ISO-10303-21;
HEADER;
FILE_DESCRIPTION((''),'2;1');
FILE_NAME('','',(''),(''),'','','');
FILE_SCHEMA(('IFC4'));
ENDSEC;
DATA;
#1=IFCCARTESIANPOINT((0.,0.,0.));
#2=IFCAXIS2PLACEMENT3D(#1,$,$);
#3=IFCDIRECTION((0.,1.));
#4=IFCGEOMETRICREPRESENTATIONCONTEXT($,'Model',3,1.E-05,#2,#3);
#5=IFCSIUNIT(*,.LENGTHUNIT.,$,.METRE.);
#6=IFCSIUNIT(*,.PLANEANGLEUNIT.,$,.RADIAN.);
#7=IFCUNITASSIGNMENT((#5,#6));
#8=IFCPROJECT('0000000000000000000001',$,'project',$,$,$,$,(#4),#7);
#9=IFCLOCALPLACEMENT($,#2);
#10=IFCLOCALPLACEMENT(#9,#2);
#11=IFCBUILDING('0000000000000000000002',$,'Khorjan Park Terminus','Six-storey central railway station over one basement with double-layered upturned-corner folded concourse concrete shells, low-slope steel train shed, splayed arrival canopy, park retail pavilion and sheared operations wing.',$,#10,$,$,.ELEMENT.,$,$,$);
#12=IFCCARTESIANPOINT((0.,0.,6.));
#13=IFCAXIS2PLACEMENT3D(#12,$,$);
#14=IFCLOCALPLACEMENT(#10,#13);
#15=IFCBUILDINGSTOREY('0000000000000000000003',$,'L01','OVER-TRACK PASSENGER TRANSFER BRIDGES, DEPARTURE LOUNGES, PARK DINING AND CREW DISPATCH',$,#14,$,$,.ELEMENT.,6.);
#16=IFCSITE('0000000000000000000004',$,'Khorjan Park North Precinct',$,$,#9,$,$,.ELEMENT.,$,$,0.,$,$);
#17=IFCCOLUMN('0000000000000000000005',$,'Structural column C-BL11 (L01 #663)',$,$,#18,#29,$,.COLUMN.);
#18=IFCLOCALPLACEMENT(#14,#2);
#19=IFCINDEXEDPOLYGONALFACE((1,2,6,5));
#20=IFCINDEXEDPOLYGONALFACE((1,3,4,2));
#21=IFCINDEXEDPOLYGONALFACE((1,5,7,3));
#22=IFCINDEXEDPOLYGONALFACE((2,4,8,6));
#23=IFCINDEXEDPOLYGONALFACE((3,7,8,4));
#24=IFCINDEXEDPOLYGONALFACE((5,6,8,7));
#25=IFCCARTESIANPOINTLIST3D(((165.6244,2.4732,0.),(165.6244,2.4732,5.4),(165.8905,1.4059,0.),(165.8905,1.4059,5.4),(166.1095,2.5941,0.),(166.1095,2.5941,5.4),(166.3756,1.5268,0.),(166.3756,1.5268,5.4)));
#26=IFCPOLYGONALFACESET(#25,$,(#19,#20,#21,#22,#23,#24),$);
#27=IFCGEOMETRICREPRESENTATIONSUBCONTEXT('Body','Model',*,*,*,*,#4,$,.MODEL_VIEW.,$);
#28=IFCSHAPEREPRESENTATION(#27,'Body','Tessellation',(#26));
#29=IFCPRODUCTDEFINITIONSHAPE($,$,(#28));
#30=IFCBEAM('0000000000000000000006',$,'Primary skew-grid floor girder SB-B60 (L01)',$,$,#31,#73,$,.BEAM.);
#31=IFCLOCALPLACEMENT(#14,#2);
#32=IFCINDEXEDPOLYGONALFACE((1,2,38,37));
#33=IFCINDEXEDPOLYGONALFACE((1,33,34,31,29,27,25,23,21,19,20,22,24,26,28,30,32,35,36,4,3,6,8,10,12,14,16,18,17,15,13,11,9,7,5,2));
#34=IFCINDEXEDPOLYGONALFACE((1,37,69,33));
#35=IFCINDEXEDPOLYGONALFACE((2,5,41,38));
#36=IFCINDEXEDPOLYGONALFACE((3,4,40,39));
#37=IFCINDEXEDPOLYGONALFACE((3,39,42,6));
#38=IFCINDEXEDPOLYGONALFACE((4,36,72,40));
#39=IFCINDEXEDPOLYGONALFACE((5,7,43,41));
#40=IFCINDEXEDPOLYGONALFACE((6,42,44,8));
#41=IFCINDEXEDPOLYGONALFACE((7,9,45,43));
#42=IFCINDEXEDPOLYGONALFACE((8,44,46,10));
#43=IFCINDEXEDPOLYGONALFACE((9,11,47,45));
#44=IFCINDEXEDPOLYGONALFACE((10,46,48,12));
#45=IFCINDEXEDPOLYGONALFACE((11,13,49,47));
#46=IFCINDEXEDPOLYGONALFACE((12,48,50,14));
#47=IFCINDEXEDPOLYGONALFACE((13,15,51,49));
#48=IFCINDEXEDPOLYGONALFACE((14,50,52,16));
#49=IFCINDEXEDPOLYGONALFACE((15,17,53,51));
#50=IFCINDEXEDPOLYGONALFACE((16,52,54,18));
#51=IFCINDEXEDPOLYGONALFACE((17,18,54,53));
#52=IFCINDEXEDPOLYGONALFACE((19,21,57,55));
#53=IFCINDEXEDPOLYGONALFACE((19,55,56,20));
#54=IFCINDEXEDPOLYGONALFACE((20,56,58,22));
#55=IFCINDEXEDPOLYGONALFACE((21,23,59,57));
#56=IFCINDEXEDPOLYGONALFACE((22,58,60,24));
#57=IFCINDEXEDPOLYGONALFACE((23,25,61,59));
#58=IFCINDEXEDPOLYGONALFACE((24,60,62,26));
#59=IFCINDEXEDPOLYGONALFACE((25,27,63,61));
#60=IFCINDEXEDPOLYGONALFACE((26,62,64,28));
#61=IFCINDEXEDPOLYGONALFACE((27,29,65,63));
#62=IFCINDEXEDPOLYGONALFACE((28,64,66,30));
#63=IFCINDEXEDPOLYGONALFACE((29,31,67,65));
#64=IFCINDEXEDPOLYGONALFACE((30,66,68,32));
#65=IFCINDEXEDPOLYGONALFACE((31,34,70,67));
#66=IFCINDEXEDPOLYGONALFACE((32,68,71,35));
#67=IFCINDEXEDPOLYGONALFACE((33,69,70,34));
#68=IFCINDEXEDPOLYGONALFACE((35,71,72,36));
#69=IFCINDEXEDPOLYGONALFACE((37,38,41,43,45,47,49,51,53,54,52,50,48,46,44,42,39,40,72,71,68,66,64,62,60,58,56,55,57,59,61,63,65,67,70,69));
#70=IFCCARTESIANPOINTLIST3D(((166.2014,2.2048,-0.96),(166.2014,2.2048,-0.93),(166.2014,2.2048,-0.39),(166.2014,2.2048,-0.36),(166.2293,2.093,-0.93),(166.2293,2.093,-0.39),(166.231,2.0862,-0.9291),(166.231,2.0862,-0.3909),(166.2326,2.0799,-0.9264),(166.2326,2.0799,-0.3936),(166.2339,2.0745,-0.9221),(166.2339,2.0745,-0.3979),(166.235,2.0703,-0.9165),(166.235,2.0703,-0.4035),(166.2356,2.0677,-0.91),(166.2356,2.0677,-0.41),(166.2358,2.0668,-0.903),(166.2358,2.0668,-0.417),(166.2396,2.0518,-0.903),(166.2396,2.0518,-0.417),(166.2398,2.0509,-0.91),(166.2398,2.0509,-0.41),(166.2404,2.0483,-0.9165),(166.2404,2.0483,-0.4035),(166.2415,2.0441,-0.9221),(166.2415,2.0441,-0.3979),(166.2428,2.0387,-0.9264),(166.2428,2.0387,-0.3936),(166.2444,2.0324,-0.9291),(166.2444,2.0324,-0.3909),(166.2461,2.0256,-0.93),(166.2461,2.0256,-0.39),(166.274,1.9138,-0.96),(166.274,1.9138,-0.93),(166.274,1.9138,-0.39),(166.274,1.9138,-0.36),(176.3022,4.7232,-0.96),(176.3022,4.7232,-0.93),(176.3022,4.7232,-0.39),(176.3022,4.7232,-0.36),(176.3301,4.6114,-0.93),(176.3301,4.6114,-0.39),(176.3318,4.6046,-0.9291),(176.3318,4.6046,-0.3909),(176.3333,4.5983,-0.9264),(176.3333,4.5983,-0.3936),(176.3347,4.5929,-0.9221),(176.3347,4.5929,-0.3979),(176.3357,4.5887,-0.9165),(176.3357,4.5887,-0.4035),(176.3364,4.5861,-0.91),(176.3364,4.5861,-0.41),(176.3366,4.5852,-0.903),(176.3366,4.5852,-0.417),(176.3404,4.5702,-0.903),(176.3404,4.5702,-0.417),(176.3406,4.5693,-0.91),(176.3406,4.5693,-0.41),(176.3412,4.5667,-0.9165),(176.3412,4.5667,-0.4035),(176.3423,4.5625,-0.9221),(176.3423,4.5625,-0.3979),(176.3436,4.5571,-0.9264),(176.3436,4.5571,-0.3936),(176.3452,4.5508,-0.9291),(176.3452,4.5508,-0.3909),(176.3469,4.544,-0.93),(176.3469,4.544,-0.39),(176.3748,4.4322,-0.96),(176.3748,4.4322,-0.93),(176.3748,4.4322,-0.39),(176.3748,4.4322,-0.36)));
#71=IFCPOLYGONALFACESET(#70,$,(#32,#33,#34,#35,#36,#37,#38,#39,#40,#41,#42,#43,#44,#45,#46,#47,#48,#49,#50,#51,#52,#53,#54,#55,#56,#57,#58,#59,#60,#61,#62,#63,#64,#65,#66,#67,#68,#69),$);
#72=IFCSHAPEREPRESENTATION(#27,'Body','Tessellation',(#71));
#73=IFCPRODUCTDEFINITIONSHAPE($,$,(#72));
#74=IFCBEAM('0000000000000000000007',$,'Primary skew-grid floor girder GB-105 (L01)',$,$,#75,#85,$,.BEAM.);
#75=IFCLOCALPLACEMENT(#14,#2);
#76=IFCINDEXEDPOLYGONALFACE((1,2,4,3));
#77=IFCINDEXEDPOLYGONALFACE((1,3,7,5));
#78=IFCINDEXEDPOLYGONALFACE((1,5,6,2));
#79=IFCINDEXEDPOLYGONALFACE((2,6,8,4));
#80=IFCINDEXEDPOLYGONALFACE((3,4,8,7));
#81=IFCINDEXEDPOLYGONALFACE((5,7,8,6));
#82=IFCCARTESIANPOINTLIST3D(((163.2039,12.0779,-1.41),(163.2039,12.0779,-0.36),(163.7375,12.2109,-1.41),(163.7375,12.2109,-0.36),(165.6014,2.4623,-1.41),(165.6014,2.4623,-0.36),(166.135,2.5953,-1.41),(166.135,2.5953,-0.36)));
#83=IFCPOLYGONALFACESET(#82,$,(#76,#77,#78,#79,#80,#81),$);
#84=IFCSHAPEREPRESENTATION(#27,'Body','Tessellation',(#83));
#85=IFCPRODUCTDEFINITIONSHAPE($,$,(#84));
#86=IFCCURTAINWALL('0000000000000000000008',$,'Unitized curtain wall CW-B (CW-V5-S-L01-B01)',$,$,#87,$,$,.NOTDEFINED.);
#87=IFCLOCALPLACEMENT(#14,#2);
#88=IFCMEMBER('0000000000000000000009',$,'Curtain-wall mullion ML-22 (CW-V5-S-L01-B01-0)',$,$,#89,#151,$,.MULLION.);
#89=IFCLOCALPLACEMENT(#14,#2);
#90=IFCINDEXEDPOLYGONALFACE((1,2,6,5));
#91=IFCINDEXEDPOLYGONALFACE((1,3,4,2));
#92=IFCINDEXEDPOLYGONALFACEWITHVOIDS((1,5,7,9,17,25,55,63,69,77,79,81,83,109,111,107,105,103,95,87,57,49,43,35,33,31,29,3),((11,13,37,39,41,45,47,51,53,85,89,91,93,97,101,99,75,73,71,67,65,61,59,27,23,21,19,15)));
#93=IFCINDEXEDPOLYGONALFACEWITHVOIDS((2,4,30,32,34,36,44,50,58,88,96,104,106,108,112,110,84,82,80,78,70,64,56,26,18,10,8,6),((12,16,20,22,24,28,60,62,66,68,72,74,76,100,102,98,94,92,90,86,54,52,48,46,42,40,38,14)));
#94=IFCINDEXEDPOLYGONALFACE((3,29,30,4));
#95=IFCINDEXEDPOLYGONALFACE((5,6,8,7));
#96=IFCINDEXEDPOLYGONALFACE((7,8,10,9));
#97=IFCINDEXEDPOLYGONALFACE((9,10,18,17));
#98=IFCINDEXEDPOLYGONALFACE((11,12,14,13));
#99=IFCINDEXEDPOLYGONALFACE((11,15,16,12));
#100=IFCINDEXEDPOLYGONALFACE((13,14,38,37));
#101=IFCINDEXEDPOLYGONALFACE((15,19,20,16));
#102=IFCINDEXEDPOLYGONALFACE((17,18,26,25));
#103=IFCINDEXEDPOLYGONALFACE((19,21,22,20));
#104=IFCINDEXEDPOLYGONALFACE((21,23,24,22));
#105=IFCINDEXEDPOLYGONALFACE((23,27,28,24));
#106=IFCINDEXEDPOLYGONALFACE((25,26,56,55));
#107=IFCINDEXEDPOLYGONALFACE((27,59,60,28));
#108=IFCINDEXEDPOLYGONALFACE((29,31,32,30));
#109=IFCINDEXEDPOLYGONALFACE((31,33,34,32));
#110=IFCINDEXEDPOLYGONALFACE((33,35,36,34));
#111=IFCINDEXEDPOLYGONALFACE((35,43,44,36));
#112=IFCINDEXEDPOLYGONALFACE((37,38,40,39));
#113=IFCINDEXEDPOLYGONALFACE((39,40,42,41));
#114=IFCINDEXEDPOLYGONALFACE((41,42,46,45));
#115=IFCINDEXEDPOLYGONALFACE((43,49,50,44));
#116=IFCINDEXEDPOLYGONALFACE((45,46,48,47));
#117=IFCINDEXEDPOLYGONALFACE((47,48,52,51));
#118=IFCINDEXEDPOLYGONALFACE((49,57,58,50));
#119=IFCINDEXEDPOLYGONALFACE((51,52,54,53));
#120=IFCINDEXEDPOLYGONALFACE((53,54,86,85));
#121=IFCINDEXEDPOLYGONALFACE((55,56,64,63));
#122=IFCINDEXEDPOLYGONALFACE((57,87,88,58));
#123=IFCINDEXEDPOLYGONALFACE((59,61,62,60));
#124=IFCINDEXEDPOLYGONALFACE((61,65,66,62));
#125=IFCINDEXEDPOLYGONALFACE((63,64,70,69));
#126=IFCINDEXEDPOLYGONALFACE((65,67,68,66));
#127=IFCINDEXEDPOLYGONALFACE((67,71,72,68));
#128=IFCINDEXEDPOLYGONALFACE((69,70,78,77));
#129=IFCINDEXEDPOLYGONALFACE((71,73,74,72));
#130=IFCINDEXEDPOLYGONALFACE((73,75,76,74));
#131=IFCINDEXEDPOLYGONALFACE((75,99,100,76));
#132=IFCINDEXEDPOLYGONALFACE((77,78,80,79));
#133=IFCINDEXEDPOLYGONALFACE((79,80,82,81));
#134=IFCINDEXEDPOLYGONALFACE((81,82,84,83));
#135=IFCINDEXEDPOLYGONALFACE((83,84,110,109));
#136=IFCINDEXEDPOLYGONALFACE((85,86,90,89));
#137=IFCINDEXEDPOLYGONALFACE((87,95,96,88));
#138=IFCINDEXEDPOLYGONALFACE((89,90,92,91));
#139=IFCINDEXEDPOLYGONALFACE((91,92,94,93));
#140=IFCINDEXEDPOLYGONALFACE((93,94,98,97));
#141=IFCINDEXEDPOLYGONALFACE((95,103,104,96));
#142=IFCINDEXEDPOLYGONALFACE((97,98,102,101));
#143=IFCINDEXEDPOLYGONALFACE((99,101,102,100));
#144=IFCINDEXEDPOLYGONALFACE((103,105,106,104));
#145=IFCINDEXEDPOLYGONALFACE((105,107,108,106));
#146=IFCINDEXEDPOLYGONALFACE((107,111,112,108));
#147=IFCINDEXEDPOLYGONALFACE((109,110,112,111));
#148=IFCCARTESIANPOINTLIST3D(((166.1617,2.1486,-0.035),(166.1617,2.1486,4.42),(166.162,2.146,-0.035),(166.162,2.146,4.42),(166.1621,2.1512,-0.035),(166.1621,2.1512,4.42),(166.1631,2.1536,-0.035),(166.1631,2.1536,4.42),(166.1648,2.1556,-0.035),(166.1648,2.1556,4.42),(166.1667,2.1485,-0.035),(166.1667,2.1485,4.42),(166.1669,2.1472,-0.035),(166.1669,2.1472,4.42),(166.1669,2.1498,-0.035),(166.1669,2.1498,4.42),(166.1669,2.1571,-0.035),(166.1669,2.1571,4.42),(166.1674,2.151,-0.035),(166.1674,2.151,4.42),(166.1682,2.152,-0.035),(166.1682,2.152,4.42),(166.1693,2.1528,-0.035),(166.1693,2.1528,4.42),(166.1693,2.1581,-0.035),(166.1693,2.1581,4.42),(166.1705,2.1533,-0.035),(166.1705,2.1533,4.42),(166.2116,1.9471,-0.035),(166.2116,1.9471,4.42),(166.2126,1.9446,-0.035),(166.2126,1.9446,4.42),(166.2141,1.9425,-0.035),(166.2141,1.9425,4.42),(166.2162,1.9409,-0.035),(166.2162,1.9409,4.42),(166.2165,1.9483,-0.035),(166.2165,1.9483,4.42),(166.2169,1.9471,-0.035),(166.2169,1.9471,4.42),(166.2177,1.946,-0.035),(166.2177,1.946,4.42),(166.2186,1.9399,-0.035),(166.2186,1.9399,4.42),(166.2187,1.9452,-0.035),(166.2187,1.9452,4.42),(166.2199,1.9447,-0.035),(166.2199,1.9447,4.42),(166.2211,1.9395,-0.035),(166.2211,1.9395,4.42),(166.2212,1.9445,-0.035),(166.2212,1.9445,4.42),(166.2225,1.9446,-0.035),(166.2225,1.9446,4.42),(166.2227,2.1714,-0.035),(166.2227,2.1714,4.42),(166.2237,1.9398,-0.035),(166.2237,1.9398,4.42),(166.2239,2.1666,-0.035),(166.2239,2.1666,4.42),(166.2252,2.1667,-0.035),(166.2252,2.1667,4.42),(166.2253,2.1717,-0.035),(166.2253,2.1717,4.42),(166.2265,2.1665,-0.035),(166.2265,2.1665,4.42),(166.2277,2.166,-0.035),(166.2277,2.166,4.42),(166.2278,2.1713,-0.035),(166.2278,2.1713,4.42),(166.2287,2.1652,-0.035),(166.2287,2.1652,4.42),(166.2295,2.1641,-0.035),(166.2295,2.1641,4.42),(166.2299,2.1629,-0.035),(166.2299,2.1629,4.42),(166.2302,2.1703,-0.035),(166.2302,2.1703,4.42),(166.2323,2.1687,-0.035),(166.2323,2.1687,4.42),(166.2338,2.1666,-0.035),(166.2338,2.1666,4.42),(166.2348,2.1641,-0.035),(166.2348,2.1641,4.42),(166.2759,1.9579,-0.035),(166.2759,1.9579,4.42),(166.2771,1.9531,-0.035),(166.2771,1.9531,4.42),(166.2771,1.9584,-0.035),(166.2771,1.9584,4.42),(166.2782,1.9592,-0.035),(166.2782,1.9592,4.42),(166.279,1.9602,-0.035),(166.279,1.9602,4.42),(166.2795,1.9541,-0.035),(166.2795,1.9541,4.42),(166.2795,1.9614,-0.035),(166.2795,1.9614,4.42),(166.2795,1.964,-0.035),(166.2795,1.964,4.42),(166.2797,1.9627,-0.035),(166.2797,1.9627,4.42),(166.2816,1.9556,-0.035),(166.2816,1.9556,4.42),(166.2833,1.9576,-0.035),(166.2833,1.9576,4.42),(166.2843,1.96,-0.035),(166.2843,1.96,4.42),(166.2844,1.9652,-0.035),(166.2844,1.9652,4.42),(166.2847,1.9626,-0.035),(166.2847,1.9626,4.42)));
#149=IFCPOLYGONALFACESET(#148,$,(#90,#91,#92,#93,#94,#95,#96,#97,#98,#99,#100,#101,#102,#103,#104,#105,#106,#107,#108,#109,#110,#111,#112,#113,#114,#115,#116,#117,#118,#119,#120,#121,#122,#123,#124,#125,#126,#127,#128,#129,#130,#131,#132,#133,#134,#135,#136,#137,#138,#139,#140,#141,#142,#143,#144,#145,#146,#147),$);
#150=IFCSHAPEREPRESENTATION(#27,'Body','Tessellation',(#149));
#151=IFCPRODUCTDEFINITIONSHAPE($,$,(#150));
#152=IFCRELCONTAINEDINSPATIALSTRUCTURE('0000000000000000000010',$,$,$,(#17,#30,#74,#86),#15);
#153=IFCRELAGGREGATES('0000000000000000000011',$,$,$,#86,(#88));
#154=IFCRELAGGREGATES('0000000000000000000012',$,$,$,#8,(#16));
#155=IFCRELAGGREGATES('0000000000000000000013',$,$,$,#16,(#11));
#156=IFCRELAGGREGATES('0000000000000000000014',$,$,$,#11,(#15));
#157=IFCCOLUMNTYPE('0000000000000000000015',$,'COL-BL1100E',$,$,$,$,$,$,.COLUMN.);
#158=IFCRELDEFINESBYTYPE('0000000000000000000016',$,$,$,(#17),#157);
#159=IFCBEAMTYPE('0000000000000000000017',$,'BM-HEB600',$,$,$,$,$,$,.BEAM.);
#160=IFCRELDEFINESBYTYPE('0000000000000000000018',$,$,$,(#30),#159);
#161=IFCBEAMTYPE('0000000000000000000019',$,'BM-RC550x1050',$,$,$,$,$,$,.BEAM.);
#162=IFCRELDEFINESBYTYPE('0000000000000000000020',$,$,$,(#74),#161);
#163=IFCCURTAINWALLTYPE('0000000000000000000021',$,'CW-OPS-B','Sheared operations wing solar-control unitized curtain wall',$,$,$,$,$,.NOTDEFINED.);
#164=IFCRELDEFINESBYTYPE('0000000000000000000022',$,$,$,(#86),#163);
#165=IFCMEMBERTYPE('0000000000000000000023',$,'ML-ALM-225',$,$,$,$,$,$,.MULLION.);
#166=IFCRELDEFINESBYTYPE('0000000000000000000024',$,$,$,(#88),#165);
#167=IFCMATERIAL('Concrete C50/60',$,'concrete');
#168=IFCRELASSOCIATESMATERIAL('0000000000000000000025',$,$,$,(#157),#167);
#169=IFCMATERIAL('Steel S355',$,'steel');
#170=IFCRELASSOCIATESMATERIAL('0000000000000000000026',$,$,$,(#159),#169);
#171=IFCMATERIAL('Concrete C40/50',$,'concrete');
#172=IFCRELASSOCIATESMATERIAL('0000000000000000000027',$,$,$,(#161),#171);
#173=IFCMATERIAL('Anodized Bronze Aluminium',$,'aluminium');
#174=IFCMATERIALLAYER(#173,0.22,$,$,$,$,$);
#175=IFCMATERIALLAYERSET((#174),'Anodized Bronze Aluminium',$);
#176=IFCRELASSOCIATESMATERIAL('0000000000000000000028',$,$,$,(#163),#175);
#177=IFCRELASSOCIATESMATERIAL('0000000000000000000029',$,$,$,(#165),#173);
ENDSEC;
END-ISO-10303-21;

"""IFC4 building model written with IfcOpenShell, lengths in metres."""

from ifc_helpers import new_model, si_unit, direction, frame, origin, origin_2d, place, context, subcontext, project, spatial, rectangle, hollow_rectangle, i_section, extrude, material, layer, layer_set, material_profile, profile_set, type_object, element, aggregate, save


model = new_model("IFC4")

# Units and contexts
model_context = context("Model", 3, precision=1e-05, world=origin(), true_north=direction((0.0, 1.0)))
body_context = subcontext(model_context, "Body", "Model", "MODEL_VIEW")
ifc_project = project(units=[si_unit("LENGTHUNIT", "METRE"), si_unit("PLANEANGLEUNIT", "RADIAN")], contexts=[model_context])

# Site, building, storey
site_placement = place(None, origin())
site = spatial("IfcSite", under=ifc_project, at=site_placement, Name="Khorjan Park North Precinct", CompositionType="ELEMENT", RefElevation=0.0)
building_placement = place(site_placement, origin())
building = spatial("IfcBuilding", under=site, at=building_placement, Name="Khorjan Park Terminus", Description="Six-storey central railway station over one basement with double-layered upturned-corner folded concourse concrete shells, low-slope steel train shed, splayed arrival canopy, park retail pavilion and sheared operations wing.", CompositionType="ELEMENT")
storey_placement = place(building_placement, frame((0.0, 0.0, 6.0)))
storey = spatial("IfcBuildingStorey", under=building, at=storey_placement, Name="L01", Description="OVER-TRACK PASSENGER TRANSFER BRIDGES, DEPARTURE LOUNGES, PARK DINING AND CREW DISPATCH", CompositionType="ELEMENT", Elevation=6.0)

# Column
ifc_material_1 = material(Name="Concrete C50/60", Category="concrete")
ifc_material_profile_1 = material_profile(ifc_material_1, rectangle(XDim=0.5, YDim=1.1, at=origin_2d()), Name="RC 500x1100")
ifc_profile_set_1 = profile_set([ifc_material_profile_1], Name="Concrete C50/60")
column_type = type_object("IfcColumnType", Name="COL-BL1100E", PredefinedType="COLUMN", material=ifc_profile_set_1)
column_placement = place(storey_placement, frame((166.0, 2.0, 0.0), z_axis=(0.0, 0.0, 1.0), x_axis=(0.970296, 0.241922, 0.0)))
element("IfcColumn", 1, at=column_placement, inside=storey, type_object=column_type, Name="Structural column C-BL11 (L01 #663)", PredefinedType="COLUMN", context=body_context, shape_type="SweptSolid", body=[
    extrude(rectangle(XDim=0.5, YDim=1.1, at=origin_2d()), origin(), (0.0, 0.0, 1.0), 5.4),
])

# Beams
ifc_material_2 = material(Name="Steel S355", Category="steel")
ifc_material_profile_2 = material_profile(ifc_material_2, i_section(OverallWidth=0.3, OverallDepth=0.6, WebThickness=0.0155, FlangeThickness=0.03, FilletRadius=0.027, at=origin_2d()), Name="HEB 600")
ifc_profile_set_2 = profile_set([ifc_material_profile_2], Name="Steel S355")
beam_type_1 = type_object("IfcBeamType", Name="BM-HEB600", PredefinedType="BEAM", material=ifc_profile_set_2)
beam_1_placement = place(storey_placement, frame((166.2377, 2.0593, -0.66), z_axis=(0.970296, 0.241921, 0.0), x_axis=(-0.241921, 0.970296, 0.0)))
element("IfcBeam", 2, at=beam_1_placement, inside=storey, type_object=beam_type_1, Name="Primary skew-grid floor girder SB-B60 (L01)", PredefinedType="BEAM", context=body_context, shape_type="SweptSolid", body=[
    extrude(i_section(OverallWidth=0.3, OverallDepth=0.6, WebThickness=0.0155, FlangeThickness=0.03, FilletRadius=0.027, at=origin_2d()), origin(), (0.0, 0.0, 1.0), 10.41),
])
ifc_material_3 = material(Name="Concrete C40/50", Category="concrete")
ifc_material_profile_3 = material_profile(ifc_material_3, rectangle(XDim=0.55, YDim=1.05, at=origin_2d()), Name="RC 550x1050")
ifc_profile_set_3 = profile_set([ifc_material_profile_3], Name="Concrete C40/50")
beam_type_2 = type_object("IfcBeamType", Name="BM-RC550x1050", PredefinedType="BEAM", material=ifc_profile_set_3)
beam_2_placement = place(storey_placement, frame((165.8682, 2.5288, -0.885), z_axis=(-0.241928, 0.970294, 0.0), x_axis=(-0.970294, -0.241928, 0.0)))
element("IfcBeam", 3, at=beam_2_placement, inside=storey, type_object=beam_type_2, Name="Primary skew-grid floor girder GB-105 (L01)", PredefinedType="BEAM", context=body_context, shape_type="SweptSolid", body=[
    extrude(rectangle(XDim=0.55, YDim=1.05, at=origin_2d()), origin(), (0.0, 0.0, 1.0), 9.91),
])

# Curtain wall, member
ifc_material_4 = material(Name="Anodized Bronze Aluminium", Category="aluminium")
ifc_layer_1 = layer(ifc_material_4, 0.22)
ifc_layer_set_1 = layer_set([ifc_layer_1], Name="Anodized Bronze Aluminium")
curtain_wall_type = type_object("IfcCurtainWallType", Name="CW-OPS-B", Description="Sheared operations wing solar-control unitized curtain wall", PredefinedType="NOTDEFINED", material=ifc_layer_set_1)
curtain_wall_placement = place(storey_placement, origin())
curtain_wall = element("IfcCurtainWall", 4, at=curtain_wall_placement, inside=storey, type_object=curtain_wall_type, Name="Unitized curtain wall CW-B (CW-V5-S-L01-B01)", PredefinedType="NOTDEFINED")
ifc_material_profile_4 = material_profile(ifc_material_4, hollow_rectangle(XDim=0.075, YDim=0.225, WallThickness=0.005, InnerFilletRadius=0.005, OuterFilletRadius=0.01, at=origin_2d()), Name="ALM 75x225x5")
ifc_profile_set_4 = profile_set([ifc_material_profile_4], Name="Anodized Bronze Aluminium")
member_type_1 = type_object("IfcMemberType", Name="ML-ALM-225", PredefinedType="MULLION", material=ifc_profile_set_4)
member_1_placement = place(storey_placement, frame((166.2232, 2.0556, -0.035), z_axis=(0.0, 0.0, 1.0), x_axis=(0.970296, 0.241923, 0.0)))
member_1 = element("IfcMember", 5, at=member_1_placement, type_object=member_type_1, Name="Curtain-wall mullion ML-22 (CW-V5-S-L01-B01-0)", PredefinedType="MULLION", context=body_context, shape_type="SweptSolid", body=[
    extrude(hollow_rectangle(XDim=0.075, YDim=0.225, WallThickness=0.005, InnerFilletRadius=0.005, OuterFilletRadius=0.01, at=origin_2d()), origin(), (0.0, 0.0, 1.0), 4.455),
])
aggregate(curtain_wall, [member_1])

save(model, "model.ifc")
